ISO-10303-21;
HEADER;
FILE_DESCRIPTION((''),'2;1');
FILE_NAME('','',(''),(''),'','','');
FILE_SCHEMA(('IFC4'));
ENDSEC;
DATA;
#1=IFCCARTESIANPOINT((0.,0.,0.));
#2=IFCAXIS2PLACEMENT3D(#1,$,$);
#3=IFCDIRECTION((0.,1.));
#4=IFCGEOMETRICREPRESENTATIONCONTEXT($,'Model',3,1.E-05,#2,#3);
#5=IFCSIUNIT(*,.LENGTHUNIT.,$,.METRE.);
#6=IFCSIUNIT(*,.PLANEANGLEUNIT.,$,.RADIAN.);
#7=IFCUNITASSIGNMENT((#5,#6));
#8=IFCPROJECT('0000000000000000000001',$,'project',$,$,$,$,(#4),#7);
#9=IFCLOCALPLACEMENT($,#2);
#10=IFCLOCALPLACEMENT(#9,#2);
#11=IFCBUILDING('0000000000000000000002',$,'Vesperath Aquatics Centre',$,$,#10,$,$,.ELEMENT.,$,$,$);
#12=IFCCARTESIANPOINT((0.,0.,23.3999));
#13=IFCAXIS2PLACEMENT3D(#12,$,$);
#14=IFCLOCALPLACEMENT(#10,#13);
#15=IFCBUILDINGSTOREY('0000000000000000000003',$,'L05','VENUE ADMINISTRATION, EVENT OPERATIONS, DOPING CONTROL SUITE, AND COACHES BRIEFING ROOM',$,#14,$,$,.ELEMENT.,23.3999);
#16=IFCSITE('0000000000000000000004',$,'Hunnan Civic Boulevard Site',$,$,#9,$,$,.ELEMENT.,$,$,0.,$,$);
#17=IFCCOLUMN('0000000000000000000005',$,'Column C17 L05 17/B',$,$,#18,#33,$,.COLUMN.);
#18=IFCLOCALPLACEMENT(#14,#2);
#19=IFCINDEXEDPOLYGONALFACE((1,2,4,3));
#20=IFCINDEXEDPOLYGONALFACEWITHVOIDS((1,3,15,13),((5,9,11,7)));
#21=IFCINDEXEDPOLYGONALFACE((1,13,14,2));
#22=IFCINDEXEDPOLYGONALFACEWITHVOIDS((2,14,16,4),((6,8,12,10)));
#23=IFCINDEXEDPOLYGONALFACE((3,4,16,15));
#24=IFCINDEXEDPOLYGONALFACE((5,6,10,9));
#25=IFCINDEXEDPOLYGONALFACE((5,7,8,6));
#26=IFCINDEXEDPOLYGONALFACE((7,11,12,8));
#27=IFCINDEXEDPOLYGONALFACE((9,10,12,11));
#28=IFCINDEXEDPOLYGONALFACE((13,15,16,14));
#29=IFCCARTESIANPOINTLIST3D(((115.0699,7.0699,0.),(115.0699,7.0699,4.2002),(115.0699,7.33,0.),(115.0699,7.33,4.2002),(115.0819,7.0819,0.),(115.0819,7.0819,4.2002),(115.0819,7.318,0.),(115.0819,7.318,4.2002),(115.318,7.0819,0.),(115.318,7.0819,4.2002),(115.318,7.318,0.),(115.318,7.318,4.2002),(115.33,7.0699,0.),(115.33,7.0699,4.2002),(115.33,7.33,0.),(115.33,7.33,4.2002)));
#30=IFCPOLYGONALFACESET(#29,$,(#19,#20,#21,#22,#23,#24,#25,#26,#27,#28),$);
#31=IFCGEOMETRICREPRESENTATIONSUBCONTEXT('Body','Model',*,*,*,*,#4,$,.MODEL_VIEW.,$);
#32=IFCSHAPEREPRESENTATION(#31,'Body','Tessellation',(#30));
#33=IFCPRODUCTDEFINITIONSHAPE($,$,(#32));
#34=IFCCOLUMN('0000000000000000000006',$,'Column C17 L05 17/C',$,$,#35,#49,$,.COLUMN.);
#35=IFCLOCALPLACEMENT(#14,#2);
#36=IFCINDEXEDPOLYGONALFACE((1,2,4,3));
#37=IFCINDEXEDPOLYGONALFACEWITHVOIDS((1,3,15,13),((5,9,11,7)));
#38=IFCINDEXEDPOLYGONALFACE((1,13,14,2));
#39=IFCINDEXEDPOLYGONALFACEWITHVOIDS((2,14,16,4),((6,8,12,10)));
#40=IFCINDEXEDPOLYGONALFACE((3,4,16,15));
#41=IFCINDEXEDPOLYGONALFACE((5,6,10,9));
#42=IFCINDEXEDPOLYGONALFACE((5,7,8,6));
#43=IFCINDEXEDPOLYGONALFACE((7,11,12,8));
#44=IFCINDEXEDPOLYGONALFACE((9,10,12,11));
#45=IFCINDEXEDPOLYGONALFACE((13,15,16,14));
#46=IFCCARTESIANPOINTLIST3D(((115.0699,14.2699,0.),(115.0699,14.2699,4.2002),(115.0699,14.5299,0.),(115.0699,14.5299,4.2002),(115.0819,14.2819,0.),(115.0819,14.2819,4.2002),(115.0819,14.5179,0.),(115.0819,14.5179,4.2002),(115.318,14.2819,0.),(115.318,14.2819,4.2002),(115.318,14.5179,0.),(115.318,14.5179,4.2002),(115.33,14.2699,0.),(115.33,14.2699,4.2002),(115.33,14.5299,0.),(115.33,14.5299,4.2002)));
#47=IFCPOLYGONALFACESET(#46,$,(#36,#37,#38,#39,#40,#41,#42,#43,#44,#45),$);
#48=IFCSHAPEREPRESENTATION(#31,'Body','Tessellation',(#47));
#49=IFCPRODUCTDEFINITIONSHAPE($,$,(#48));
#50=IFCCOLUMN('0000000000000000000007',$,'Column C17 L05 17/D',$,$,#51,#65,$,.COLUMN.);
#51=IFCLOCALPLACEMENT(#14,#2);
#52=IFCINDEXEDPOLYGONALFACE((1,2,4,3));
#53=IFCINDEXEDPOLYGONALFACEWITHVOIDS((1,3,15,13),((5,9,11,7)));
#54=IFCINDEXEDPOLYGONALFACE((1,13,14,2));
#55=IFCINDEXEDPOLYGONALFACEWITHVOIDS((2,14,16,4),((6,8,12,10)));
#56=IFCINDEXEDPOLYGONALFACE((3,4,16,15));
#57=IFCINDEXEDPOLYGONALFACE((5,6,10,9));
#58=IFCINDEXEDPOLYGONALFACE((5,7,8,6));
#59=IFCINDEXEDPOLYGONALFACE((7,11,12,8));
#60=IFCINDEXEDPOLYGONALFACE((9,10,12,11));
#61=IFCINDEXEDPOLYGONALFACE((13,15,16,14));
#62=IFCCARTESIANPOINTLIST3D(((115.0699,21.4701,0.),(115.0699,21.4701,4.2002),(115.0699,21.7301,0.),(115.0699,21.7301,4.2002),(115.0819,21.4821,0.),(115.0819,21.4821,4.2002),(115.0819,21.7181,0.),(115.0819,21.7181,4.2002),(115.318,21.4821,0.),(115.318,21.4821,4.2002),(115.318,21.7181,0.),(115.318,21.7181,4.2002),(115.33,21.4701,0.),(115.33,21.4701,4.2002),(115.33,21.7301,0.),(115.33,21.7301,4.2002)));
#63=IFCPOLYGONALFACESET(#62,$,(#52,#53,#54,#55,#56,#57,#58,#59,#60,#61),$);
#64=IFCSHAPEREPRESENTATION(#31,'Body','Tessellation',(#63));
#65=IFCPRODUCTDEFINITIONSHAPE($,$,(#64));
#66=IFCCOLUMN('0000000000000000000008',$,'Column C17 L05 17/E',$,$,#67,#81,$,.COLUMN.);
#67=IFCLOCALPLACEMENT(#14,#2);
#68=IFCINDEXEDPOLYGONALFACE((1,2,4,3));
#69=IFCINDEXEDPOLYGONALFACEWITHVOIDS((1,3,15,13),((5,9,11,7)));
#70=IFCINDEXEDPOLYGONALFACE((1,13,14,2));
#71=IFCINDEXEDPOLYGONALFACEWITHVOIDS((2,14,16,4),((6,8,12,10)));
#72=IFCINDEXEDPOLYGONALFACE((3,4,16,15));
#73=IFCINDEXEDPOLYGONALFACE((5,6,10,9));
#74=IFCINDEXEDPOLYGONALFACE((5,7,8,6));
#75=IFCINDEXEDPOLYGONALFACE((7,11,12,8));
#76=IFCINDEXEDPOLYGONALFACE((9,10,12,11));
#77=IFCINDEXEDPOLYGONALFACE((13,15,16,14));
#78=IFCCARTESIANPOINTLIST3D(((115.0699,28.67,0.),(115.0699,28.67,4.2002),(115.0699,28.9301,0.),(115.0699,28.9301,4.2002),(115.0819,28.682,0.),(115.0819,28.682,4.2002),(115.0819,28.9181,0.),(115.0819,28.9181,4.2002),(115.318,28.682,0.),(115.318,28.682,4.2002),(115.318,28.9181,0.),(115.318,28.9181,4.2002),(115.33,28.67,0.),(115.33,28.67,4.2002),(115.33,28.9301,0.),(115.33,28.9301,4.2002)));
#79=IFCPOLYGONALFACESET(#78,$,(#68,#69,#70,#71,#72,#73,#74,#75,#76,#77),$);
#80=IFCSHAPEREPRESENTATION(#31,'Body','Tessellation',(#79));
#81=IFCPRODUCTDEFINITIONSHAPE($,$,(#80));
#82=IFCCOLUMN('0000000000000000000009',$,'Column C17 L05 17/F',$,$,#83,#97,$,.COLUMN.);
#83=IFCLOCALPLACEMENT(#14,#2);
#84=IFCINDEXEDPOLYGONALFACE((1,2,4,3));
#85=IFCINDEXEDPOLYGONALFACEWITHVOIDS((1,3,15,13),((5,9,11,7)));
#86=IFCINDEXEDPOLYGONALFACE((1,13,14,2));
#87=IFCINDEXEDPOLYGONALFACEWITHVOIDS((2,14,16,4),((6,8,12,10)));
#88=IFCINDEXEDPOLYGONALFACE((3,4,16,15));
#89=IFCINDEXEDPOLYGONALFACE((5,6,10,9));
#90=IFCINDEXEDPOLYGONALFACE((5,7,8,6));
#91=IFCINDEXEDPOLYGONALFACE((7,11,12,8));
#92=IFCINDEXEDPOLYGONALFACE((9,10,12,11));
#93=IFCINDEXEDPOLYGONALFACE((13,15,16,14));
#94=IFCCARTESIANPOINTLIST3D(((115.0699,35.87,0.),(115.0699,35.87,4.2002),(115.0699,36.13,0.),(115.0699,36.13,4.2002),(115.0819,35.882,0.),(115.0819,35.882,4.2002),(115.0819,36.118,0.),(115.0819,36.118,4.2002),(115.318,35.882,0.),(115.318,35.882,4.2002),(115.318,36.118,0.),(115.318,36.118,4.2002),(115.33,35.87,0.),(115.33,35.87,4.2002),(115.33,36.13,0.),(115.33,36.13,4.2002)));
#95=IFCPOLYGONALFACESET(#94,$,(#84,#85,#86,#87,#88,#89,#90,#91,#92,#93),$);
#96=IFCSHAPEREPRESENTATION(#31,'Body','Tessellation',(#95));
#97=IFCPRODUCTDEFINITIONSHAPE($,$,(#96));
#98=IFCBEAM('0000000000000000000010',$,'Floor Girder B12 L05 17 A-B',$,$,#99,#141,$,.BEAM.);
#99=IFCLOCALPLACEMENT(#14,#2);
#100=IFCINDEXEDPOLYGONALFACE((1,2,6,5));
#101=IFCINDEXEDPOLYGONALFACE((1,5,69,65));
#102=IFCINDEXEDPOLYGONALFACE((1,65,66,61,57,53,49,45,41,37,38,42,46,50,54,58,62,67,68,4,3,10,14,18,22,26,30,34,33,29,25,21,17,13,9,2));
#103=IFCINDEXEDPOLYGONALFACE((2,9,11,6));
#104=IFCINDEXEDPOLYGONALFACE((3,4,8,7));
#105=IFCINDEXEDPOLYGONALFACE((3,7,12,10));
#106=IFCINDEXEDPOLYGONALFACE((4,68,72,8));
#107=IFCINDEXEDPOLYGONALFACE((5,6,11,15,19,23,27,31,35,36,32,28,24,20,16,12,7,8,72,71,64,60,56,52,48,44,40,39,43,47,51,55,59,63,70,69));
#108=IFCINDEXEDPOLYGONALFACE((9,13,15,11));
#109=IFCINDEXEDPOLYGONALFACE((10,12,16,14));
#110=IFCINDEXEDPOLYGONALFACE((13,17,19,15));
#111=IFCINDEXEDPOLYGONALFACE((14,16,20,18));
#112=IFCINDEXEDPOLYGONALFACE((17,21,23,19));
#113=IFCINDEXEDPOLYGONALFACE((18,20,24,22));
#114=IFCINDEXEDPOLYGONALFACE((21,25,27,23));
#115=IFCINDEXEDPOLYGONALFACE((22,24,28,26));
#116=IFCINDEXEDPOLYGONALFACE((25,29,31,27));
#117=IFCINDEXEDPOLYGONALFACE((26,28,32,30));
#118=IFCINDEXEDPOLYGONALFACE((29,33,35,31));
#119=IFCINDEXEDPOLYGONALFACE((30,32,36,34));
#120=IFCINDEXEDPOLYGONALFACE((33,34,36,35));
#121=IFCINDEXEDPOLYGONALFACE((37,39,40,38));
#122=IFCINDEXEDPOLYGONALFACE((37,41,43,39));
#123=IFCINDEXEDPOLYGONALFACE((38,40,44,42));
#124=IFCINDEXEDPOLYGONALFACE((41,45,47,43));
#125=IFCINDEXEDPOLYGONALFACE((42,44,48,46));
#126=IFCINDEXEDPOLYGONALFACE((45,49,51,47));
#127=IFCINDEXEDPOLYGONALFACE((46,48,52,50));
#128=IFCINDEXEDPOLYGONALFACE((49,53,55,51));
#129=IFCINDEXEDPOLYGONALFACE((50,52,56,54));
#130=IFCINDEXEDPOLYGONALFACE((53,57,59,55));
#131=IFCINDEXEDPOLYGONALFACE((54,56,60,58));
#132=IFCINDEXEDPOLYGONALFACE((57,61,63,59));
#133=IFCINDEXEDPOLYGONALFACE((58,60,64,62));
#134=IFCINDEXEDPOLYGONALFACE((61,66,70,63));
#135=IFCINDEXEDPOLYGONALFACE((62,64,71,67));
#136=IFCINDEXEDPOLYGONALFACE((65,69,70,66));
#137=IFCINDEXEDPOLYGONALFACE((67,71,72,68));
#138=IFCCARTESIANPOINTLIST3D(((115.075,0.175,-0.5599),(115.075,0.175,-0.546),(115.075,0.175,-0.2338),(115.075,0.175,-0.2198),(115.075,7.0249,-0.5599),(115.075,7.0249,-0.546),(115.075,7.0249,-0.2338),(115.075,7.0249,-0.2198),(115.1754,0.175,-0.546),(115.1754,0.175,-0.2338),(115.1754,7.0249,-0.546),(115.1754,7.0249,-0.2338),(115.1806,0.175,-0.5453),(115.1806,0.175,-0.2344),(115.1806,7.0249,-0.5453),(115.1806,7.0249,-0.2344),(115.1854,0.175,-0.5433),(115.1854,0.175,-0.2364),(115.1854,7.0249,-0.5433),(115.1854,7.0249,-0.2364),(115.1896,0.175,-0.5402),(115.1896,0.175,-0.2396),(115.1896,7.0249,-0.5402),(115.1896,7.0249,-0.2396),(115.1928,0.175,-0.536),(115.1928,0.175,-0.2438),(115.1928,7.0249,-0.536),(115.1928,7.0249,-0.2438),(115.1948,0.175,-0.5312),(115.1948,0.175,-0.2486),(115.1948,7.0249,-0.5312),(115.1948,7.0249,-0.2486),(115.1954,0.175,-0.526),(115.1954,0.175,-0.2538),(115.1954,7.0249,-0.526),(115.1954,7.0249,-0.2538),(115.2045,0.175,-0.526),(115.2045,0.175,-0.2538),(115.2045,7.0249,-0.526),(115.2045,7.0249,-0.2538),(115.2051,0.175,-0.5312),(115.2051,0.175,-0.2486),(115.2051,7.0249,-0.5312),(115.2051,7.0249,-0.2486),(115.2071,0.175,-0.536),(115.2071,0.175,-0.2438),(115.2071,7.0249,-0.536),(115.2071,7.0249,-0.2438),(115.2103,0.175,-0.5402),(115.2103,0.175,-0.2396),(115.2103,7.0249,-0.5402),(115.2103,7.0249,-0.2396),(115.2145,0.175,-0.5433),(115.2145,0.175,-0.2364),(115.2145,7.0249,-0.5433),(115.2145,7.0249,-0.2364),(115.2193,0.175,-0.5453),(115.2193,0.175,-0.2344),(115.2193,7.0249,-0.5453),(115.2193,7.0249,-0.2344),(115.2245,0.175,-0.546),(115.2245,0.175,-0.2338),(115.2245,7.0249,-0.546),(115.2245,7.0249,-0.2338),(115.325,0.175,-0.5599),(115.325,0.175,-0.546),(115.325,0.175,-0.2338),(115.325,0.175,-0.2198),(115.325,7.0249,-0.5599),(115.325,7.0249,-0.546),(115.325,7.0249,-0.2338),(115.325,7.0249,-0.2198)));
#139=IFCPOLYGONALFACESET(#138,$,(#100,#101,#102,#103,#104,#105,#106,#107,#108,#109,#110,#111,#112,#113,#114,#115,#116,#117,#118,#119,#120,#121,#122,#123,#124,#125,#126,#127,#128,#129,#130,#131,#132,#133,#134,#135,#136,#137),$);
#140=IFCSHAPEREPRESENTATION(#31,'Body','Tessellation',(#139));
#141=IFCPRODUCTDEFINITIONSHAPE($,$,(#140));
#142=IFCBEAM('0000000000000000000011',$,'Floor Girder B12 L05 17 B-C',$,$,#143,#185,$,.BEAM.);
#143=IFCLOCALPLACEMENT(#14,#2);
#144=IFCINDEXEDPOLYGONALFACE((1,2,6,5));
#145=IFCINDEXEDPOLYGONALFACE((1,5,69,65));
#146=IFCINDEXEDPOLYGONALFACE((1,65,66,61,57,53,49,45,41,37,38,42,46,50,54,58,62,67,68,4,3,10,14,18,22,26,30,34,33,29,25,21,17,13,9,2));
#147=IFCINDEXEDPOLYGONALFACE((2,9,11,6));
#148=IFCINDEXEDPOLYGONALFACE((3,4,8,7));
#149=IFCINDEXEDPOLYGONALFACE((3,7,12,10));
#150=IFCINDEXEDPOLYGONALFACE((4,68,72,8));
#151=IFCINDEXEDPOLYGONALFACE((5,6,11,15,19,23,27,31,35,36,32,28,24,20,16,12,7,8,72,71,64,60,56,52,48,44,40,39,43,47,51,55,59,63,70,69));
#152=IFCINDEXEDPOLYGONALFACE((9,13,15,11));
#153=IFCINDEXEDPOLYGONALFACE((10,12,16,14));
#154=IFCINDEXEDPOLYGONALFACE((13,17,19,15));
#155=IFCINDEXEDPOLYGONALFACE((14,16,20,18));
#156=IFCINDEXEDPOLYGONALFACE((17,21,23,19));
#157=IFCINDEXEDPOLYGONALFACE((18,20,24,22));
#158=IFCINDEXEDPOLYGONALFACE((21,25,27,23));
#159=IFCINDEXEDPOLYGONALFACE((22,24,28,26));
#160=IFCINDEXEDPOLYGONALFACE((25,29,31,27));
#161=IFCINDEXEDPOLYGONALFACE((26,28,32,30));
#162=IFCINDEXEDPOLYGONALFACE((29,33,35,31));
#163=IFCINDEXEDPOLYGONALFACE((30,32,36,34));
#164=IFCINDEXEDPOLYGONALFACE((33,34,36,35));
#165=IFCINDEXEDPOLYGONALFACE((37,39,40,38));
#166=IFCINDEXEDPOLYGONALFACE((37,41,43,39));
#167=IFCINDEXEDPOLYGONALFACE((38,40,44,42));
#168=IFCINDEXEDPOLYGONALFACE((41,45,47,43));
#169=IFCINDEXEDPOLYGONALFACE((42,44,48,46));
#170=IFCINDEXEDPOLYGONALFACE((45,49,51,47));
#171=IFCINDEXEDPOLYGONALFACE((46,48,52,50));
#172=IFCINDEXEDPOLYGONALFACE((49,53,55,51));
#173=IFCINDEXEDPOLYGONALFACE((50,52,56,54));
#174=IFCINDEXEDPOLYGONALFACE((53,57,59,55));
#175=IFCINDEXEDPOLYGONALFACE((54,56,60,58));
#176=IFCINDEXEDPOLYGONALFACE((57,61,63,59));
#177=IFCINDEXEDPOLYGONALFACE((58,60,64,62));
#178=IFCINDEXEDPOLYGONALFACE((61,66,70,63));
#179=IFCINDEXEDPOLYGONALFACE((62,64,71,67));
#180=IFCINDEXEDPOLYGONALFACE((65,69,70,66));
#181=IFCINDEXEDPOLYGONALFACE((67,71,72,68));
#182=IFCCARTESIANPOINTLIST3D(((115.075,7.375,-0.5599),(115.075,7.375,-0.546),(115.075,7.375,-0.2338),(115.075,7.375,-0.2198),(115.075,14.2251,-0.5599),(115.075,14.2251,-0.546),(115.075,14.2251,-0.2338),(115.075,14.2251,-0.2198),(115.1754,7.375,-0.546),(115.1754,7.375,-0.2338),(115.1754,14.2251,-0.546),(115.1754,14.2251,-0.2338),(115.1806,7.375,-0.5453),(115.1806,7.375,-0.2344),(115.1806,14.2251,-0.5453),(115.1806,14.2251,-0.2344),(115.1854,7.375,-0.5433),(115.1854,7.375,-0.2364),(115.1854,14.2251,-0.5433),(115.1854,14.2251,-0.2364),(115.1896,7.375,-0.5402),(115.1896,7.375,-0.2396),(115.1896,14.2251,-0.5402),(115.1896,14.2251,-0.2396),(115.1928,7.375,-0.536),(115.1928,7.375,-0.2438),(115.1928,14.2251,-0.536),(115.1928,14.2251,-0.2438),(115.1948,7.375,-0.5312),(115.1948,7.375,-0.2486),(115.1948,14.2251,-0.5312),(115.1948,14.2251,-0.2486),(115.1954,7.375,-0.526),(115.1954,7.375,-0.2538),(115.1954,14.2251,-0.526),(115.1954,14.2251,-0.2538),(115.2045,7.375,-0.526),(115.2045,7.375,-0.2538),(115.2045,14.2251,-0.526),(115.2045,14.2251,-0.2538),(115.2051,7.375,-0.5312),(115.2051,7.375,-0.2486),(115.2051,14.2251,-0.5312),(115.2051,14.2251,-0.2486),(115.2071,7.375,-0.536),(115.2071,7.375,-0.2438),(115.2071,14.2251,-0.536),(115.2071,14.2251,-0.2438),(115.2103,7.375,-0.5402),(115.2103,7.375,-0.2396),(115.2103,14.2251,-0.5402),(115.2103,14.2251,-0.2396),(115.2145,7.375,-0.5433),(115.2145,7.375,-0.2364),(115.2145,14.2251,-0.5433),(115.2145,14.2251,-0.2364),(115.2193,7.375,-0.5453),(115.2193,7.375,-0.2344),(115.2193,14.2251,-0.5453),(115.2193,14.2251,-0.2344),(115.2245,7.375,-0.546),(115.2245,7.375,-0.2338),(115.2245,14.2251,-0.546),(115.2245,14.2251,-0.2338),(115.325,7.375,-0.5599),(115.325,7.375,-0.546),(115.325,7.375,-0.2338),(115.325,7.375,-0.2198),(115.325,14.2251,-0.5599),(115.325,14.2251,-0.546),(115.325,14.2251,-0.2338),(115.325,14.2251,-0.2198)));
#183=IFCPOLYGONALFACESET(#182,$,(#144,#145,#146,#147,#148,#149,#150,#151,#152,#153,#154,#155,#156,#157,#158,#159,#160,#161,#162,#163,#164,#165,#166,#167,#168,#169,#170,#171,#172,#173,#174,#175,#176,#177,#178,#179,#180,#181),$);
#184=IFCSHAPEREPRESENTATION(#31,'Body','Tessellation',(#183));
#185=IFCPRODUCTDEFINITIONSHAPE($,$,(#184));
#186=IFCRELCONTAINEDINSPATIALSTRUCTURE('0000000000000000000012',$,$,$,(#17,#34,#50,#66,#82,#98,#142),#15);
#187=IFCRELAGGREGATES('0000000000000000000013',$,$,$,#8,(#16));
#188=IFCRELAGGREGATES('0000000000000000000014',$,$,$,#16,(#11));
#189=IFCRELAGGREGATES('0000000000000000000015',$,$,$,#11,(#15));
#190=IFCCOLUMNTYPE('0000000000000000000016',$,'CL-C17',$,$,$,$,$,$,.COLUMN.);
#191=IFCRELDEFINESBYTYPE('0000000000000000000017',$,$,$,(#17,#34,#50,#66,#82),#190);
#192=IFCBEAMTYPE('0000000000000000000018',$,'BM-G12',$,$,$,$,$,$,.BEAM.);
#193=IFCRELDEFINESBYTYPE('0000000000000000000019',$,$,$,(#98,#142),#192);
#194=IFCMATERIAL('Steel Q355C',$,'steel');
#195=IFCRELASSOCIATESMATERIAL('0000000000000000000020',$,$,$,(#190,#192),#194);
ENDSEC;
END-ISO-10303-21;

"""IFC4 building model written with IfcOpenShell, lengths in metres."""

from ifc_helpers import new_model, si_unit, direction, frame, origin, origin_2d, place, context, subcontext, project, spatial, hollow_rectangle, i_section, extrude, material, material_profile, profile_set, type_object, element, save


model = new_model("IFC4")

# Units and contexts
model_context = context("Model", 3, precision=1e-05, world=origin(), true_north=direction((0.0, 1.0)))
body_context = subcontext(model_context, "Body", "Model", "MODEL_VIEW")
ifc_project = project(units=[si_unit("LENGTHUNIT", "METRE"), si_unit("PLANEANGLEUNIT", "RADIAN")], contexts=[model_context])

# Site, building, storey
site_placement = place(None, origin())
site = spatial("IfcSite", under=ifc_project, at=site_placement, Name="Hunnan Civic Boulevard Site", CompositionType="ELEMENT", RefElevation=0.0)
building_placement = place(site_placement, origin())
building = spatial("IfcBuilding", under=site, at=building_placement, Name="Vesperath Aquatics Centre", CompositionType="ELEMENT")
storey_placement = place(building_placement, frame((0.0, 0.0, 23.3999)))
storey = spatial("IfcBuildingStorey", under=building, at=storey_placement, Name="L05", Description="VENUE ADMINISTRATION, EVENT OPERATIONS, DOPING CONTROL SUITE, AND COACHES BRIEFING ROOM", CompositionType="ELEMENT", Elevation=23.3999)

# Columns
ifc_material_1 = material(Name="Steel Q355C", Category="steel")
ifc_material_profile_1 = material_profile(ifc_material_1, hollow_rectangle(XDim=0.26, YDim=0.26, WallThickness=0.012, at=origin_2d()), Name="SHS 260x260x12")
ifc_profile_set_1 = profile_set([ifc_material_profile_1], Name="Steel Q355C")
column_type = type_object("IfcColumnType", Name="CL-C17", PredefinedType="COLUMN", material=ifc_profile_set_1)
for number, where, z_axis, x_axis, name in (
    (1, (115.2, 7.2, 0.0), (0.0, 0.0, 1.0), (1.0, 0.0, 0.0), "Column C17 L05 17/B"),
    (2, (115.2, 14.3999, 0.0), (0.0, 0.0, 1.0), (1.0, 0.0, 0.0), "Column C17 L05 17/C"),
    (3, (115.2, 21.6001, 0.0), (0.0, 0.0, 1.0), (1.0, 0.0, 0.0), "Column C17 L05 17/D"),
    (4, (115.2, 28.8, 0.0), (0.0, 0.0, 1.0), (1.0, 0.0, 0.0), "Column C17 L05 17/E"),
    (5, (115.2, 36.0, 0.0), (0.0, 0.0, 1.0), (1.0, 0.0, 0.0), "Column C17 L05 17/F"),
):
    element("IfcColumn", number, at=place(storey_placement, frame(where, z_axis=z_axis, x_axis=x_axis)), inside=storey, type_object=column_type, Name=name, PredefinedType="COLUMN", context=body_context, shape_type="SweptSolid", body=[
        extrude(hollow_rectangle(XDim=0.26, YDim=0.26, WallThickness=0.012, at=origin_2d()), origin(), (0.0, 0.0, 1.0), 4.2002),
    ])

# Beams
ifc_material_profile_2 = material_profile(ifc_material_1, i_section(OverallWidth=0.25, OverallDepth=0.3401, WebThickness=0.009, FlangeThickness=0.0139, FilletRadius=0.02, at=origin_2d()), Name="HM 340x250x9x14")
ifc_profile_set_2 = profile_set([ifc_material_profile_2], Name="Steel Q355C")
beam_type = type_object("IfcBeamType", Name="BM-G12", PredefinedType="BEAM", material=ifc_profile_set_2)
beam_placement = place(storey_placement, frame((115.2, 0.175, -0.3899), z_axis=(0.0, 1.0, 0.0), x_axis=(-1.0, 0.0, 0.0)))
element("IfcBeam", 6, at=beam_placement, inside=storey, type_object=beam_type, Name="Floor Girder B12 L05 17 A-B", PredefinedType="BEAM", context=body_context, shape_type="SweptSolid", body=[
    extrude(i_section(OverallWidth=0.25, OverallDepth=0.3401, WebThickness=0.009, FlangeThickness=0.0139, FilletRadius=0.02, at=origin_2d()), origin(), (0.0, 0.0, 1.0), 6.8499),
])
for number, where, z_axis, x_axis, name in (
    (7, (115.2, 7.375, -0.3899), (0.0, 1.0, 0.0), (-1.0, 0.0, 0.0), "Floor Girder B12 L05 17 B-C"),
):
    element("IfcBeam", number, at=place(storey_placement, frame(where, z_axis=z_axis, x_axis=x_axis)), inside=storey, type_object=beam_type, Name=name, PredefinedType="BEAM", context=body_context, shape_type="SweptSolid", body=[
        extrude(i_section(OverallWidth=0.25, OverallDepth=0.3401, WebThickness=0.009, FlangeThickness=0.0139, FilletRadius=0.02, at=origin_2d()), origin(), (0.0, 0.0, 1.0), 6.8501),
    ])

save(model, "model.ifc")
